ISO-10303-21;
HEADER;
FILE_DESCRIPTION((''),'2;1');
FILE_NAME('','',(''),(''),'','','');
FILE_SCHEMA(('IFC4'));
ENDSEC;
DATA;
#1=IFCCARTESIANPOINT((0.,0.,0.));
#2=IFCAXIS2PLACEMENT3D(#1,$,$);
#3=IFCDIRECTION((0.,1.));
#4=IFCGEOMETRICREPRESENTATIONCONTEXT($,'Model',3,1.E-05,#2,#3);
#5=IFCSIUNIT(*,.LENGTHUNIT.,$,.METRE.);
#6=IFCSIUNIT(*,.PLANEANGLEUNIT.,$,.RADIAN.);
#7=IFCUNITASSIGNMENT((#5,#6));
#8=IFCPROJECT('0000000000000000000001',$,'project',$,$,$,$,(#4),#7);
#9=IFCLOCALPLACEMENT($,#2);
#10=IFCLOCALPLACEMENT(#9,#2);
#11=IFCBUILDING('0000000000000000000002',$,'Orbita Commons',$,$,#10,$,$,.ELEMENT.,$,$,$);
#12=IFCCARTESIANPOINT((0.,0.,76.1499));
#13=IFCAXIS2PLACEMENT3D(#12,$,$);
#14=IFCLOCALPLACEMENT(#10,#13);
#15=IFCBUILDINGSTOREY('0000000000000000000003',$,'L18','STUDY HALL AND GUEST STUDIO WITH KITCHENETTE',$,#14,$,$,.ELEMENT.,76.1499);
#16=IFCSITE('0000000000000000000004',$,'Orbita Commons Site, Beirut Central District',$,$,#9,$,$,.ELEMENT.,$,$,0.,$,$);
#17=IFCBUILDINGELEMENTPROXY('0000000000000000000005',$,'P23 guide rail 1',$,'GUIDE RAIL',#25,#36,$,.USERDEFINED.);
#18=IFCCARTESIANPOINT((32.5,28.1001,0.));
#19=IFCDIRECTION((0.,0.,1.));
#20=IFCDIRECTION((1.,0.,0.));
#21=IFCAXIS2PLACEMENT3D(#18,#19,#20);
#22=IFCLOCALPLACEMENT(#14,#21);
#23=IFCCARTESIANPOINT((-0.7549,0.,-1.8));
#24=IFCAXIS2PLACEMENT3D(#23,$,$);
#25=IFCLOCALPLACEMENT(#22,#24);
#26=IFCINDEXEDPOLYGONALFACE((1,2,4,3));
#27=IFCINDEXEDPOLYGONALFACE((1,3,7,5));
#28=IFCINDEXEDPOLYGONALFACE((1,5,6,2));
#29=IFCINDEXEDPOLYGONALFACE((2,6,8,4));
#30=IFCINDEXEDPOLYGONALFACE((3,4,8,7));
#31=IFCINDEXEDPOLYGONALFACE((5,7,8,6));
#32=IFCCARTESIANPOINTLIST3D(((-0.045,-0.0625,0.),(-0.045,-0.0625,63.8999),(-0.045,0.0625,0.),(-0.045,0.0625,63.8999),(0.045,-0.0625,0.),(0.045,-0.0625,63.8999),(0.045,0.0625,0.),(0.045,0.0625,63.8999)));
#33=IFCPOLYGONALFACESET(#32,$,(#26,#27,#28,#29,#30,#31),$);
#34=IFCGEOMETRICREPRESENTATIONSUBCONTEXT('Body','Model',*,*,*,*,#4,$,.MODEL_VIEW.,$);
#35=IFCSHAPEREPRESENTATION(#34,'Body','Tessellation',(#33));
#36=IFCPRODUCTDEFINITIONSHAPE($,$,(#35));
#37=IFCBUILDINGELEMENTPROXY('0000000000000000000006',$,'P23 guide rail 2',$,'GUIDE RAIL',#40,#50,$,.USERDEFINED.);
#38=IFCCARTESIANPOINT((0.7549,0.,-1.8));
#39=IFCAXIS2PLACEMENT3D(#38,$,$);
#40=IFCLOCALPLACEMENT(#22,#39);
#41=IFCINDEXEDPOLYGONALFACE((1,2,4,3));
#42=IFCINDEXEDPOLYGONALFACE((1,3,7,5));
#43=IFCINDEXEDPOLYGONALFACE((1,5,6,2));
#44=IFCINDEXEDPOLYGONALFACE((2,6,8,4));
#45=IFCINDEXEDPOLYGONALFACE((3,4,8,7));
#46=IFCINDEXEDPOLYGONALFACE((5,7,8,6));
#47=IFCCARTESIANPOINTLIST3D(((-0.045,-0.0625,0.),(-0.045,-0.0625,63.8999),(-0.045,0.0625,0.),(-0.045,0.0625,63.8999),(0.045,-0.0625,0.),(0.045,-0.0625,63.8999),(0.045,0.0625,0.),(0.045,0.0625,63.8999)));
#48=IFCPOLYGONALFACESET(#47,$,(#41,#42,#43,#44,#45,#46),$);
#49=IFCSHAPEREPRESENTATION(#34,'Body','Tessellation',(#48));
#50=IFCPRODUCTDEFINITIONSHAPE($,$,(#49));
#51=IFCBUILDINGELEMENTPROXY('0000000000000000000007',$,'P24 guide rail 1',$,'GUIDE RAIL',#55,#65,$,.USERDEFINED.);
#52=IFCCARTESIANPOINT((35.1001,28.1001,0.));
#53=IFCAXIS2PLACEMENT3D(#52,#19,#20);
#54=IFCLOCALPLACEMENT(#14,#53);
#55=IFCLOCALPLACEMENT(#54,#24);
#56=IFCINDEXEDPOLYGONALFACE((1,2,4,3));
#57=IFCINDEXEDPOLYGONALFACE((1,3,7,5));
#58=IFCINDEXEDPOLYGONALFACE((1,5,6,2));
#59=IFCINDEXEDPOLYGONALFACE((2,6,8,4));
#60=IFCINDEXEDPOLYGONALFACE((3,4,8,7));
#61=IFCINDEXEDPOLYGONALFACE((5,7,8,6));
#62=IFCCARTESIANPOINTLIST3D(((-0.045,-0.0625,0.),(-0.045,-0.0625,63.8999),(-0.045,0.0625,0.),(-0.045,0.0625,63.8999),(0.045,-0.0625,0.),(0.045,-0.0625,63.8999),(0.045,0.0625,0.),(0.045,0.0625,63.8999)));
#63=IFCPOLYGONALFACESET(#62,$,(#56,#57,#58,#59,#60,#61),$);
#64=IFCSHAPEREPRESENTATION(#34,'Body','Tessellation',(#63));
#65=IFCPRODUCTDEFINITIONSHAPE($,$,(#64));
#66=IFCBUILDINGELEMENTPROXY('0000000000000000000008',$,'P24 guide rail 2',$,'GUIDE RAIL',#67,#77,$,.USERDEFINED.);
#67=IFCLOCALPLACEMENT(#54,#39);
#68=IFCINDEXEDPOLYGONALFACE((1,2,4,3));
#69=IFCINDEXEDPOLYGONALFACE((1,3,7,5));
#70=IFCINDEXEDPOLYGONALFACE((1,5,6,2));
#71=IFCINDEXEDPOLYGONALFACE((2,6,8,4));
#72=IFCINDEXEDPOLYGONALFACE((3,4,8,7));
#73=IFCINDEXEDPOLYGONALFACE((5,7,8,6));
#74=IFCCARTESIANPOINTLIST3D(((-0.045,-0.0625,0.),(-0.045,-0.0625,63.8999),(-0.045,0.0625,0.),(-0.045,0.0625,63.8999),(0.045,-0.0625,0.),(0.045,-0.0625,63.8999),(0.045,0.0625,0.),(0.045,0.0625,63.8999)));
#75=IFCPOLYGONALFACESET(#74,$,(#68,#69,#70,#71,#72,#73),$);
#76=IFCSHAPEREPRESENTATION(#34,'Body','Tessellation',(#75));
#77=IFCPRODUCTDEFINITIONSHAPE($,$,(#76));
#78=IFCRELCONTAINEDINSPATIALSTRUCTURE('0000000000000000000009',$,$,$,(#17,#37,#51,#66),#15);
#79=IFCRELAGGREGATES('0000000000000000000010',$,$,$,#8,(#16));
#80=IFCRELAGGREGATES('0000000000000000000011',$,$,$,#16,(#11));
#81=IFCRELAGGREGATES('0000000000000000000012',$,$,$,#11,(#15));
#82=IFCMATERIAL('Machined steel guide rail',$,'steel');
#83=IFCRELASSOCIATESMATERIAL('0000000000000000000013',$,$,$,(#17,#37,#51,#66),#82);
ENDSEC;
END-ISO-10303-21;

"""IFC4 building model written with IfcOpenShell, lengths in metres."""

from ifc_helpers import new_model, si_unit, direction, frame, origin, origin_2d, place, context, subcontext, project, spatial, rectangle, extrude, material, element, save


model = new_model("IFC4")

# Units and contexts
model_context = context("Model", 3, precision=1e-05, world=origin(), true_north=direction((0.0, 1.0)))
body_context = subcontext(model_context, "Body", "Model", "MODEL_VIEW")
ifc_project = project(units=[si_unit("LENGTHUNIT", "METRE"), si_unit("PLANEANGLEUNIT", "RADIAN")], contexts=[model_context])

# Site, building, storey
site_placement = place(None, origin())
site = spatial("IfcSite", under=ifc_project, at=site_placement, Name="Orbita Commons Site, Beirut Central District", CompositionType="ELEMENT", RefElevation=0.0)
building_placement = place(site_placement, origin())
building = spatial("IfcBuilding", under=site, at=building_placement, Name="Orbita Commons", CompositionType="ELEMENT")
storey_placement = place(building_placement, frame((0.0, 0.0, 76.1499)))
storey = spatial("IfcBuildingStorey", under=building, at=storey_placement, Name="L18", Description="STUDY HALL AND GUEST STUDIO WITH KITCHENETTE", CompositionType="ELEMENT", Elevation=76.1499)

# Shared definitions
transport_element_1_placement = place(storey_placement, frame((32.5, 28.1001, 0.0), z_axis=(0.0, 0.0, 1.0), x_axis=(1.0, 0.0, 0.0)))
transport_element_2_placement = place(storey_placement, frame((35.1001, 28.1001, 0.0), z_axis=(0.0, 0.0, 1.0), x_axis=(1.0, 0.0, 0.0)))

# Building element proxies
ifc_material_1 = material(Name="Machined steel guide rail", Category="steel")
for number, where, name in (
    (1, (-0.7549, 0.0, -1.8), "P23 guide rail 1"),
    (2, (0.7549, 0.0, -1.8), "P23 guide rail 2"),
):
    element("IfcBuildingElementProxy", number, at=place(transport_element_1_placement, frame(where)), inside=storey, material=ifc_material_1, Name=name, ObjectType="GUIDE RAIL", PredefinedType="USERDEFINED", context=body_context, shape_type="SweptSolid", body=[
        extrude(rectangle(XDim=0.09, YDim=0.125, at=origin_2d()), origin(), (0.0, 0.0, 1.0), 63.8999),
    ])
for number, where, name in (
    (3, (-0.7549, 0.0, -1.8), "P24 guide rail 1"),
    (4, (0.7549, 0.0, -1.8), "P24 guide rail 2"),
):
    element("IfcBuildingElementProxy", number, at=place(transport_element_2_placement, frame(where)), inside=storey, material=ifc_material_1, Name=name, ObjectType="GUIDE RAIL", PredefinedType="USERDEFINED", context=body_context, shape_type="SweptSolid", body=[
        extrude(rectangle(XDim=0.09, YDim=0.125, at=origin_2d()), origin(), (0.0, 0.0, 1.0), 63.8999),
    ])

save(model, "model.ifc")
